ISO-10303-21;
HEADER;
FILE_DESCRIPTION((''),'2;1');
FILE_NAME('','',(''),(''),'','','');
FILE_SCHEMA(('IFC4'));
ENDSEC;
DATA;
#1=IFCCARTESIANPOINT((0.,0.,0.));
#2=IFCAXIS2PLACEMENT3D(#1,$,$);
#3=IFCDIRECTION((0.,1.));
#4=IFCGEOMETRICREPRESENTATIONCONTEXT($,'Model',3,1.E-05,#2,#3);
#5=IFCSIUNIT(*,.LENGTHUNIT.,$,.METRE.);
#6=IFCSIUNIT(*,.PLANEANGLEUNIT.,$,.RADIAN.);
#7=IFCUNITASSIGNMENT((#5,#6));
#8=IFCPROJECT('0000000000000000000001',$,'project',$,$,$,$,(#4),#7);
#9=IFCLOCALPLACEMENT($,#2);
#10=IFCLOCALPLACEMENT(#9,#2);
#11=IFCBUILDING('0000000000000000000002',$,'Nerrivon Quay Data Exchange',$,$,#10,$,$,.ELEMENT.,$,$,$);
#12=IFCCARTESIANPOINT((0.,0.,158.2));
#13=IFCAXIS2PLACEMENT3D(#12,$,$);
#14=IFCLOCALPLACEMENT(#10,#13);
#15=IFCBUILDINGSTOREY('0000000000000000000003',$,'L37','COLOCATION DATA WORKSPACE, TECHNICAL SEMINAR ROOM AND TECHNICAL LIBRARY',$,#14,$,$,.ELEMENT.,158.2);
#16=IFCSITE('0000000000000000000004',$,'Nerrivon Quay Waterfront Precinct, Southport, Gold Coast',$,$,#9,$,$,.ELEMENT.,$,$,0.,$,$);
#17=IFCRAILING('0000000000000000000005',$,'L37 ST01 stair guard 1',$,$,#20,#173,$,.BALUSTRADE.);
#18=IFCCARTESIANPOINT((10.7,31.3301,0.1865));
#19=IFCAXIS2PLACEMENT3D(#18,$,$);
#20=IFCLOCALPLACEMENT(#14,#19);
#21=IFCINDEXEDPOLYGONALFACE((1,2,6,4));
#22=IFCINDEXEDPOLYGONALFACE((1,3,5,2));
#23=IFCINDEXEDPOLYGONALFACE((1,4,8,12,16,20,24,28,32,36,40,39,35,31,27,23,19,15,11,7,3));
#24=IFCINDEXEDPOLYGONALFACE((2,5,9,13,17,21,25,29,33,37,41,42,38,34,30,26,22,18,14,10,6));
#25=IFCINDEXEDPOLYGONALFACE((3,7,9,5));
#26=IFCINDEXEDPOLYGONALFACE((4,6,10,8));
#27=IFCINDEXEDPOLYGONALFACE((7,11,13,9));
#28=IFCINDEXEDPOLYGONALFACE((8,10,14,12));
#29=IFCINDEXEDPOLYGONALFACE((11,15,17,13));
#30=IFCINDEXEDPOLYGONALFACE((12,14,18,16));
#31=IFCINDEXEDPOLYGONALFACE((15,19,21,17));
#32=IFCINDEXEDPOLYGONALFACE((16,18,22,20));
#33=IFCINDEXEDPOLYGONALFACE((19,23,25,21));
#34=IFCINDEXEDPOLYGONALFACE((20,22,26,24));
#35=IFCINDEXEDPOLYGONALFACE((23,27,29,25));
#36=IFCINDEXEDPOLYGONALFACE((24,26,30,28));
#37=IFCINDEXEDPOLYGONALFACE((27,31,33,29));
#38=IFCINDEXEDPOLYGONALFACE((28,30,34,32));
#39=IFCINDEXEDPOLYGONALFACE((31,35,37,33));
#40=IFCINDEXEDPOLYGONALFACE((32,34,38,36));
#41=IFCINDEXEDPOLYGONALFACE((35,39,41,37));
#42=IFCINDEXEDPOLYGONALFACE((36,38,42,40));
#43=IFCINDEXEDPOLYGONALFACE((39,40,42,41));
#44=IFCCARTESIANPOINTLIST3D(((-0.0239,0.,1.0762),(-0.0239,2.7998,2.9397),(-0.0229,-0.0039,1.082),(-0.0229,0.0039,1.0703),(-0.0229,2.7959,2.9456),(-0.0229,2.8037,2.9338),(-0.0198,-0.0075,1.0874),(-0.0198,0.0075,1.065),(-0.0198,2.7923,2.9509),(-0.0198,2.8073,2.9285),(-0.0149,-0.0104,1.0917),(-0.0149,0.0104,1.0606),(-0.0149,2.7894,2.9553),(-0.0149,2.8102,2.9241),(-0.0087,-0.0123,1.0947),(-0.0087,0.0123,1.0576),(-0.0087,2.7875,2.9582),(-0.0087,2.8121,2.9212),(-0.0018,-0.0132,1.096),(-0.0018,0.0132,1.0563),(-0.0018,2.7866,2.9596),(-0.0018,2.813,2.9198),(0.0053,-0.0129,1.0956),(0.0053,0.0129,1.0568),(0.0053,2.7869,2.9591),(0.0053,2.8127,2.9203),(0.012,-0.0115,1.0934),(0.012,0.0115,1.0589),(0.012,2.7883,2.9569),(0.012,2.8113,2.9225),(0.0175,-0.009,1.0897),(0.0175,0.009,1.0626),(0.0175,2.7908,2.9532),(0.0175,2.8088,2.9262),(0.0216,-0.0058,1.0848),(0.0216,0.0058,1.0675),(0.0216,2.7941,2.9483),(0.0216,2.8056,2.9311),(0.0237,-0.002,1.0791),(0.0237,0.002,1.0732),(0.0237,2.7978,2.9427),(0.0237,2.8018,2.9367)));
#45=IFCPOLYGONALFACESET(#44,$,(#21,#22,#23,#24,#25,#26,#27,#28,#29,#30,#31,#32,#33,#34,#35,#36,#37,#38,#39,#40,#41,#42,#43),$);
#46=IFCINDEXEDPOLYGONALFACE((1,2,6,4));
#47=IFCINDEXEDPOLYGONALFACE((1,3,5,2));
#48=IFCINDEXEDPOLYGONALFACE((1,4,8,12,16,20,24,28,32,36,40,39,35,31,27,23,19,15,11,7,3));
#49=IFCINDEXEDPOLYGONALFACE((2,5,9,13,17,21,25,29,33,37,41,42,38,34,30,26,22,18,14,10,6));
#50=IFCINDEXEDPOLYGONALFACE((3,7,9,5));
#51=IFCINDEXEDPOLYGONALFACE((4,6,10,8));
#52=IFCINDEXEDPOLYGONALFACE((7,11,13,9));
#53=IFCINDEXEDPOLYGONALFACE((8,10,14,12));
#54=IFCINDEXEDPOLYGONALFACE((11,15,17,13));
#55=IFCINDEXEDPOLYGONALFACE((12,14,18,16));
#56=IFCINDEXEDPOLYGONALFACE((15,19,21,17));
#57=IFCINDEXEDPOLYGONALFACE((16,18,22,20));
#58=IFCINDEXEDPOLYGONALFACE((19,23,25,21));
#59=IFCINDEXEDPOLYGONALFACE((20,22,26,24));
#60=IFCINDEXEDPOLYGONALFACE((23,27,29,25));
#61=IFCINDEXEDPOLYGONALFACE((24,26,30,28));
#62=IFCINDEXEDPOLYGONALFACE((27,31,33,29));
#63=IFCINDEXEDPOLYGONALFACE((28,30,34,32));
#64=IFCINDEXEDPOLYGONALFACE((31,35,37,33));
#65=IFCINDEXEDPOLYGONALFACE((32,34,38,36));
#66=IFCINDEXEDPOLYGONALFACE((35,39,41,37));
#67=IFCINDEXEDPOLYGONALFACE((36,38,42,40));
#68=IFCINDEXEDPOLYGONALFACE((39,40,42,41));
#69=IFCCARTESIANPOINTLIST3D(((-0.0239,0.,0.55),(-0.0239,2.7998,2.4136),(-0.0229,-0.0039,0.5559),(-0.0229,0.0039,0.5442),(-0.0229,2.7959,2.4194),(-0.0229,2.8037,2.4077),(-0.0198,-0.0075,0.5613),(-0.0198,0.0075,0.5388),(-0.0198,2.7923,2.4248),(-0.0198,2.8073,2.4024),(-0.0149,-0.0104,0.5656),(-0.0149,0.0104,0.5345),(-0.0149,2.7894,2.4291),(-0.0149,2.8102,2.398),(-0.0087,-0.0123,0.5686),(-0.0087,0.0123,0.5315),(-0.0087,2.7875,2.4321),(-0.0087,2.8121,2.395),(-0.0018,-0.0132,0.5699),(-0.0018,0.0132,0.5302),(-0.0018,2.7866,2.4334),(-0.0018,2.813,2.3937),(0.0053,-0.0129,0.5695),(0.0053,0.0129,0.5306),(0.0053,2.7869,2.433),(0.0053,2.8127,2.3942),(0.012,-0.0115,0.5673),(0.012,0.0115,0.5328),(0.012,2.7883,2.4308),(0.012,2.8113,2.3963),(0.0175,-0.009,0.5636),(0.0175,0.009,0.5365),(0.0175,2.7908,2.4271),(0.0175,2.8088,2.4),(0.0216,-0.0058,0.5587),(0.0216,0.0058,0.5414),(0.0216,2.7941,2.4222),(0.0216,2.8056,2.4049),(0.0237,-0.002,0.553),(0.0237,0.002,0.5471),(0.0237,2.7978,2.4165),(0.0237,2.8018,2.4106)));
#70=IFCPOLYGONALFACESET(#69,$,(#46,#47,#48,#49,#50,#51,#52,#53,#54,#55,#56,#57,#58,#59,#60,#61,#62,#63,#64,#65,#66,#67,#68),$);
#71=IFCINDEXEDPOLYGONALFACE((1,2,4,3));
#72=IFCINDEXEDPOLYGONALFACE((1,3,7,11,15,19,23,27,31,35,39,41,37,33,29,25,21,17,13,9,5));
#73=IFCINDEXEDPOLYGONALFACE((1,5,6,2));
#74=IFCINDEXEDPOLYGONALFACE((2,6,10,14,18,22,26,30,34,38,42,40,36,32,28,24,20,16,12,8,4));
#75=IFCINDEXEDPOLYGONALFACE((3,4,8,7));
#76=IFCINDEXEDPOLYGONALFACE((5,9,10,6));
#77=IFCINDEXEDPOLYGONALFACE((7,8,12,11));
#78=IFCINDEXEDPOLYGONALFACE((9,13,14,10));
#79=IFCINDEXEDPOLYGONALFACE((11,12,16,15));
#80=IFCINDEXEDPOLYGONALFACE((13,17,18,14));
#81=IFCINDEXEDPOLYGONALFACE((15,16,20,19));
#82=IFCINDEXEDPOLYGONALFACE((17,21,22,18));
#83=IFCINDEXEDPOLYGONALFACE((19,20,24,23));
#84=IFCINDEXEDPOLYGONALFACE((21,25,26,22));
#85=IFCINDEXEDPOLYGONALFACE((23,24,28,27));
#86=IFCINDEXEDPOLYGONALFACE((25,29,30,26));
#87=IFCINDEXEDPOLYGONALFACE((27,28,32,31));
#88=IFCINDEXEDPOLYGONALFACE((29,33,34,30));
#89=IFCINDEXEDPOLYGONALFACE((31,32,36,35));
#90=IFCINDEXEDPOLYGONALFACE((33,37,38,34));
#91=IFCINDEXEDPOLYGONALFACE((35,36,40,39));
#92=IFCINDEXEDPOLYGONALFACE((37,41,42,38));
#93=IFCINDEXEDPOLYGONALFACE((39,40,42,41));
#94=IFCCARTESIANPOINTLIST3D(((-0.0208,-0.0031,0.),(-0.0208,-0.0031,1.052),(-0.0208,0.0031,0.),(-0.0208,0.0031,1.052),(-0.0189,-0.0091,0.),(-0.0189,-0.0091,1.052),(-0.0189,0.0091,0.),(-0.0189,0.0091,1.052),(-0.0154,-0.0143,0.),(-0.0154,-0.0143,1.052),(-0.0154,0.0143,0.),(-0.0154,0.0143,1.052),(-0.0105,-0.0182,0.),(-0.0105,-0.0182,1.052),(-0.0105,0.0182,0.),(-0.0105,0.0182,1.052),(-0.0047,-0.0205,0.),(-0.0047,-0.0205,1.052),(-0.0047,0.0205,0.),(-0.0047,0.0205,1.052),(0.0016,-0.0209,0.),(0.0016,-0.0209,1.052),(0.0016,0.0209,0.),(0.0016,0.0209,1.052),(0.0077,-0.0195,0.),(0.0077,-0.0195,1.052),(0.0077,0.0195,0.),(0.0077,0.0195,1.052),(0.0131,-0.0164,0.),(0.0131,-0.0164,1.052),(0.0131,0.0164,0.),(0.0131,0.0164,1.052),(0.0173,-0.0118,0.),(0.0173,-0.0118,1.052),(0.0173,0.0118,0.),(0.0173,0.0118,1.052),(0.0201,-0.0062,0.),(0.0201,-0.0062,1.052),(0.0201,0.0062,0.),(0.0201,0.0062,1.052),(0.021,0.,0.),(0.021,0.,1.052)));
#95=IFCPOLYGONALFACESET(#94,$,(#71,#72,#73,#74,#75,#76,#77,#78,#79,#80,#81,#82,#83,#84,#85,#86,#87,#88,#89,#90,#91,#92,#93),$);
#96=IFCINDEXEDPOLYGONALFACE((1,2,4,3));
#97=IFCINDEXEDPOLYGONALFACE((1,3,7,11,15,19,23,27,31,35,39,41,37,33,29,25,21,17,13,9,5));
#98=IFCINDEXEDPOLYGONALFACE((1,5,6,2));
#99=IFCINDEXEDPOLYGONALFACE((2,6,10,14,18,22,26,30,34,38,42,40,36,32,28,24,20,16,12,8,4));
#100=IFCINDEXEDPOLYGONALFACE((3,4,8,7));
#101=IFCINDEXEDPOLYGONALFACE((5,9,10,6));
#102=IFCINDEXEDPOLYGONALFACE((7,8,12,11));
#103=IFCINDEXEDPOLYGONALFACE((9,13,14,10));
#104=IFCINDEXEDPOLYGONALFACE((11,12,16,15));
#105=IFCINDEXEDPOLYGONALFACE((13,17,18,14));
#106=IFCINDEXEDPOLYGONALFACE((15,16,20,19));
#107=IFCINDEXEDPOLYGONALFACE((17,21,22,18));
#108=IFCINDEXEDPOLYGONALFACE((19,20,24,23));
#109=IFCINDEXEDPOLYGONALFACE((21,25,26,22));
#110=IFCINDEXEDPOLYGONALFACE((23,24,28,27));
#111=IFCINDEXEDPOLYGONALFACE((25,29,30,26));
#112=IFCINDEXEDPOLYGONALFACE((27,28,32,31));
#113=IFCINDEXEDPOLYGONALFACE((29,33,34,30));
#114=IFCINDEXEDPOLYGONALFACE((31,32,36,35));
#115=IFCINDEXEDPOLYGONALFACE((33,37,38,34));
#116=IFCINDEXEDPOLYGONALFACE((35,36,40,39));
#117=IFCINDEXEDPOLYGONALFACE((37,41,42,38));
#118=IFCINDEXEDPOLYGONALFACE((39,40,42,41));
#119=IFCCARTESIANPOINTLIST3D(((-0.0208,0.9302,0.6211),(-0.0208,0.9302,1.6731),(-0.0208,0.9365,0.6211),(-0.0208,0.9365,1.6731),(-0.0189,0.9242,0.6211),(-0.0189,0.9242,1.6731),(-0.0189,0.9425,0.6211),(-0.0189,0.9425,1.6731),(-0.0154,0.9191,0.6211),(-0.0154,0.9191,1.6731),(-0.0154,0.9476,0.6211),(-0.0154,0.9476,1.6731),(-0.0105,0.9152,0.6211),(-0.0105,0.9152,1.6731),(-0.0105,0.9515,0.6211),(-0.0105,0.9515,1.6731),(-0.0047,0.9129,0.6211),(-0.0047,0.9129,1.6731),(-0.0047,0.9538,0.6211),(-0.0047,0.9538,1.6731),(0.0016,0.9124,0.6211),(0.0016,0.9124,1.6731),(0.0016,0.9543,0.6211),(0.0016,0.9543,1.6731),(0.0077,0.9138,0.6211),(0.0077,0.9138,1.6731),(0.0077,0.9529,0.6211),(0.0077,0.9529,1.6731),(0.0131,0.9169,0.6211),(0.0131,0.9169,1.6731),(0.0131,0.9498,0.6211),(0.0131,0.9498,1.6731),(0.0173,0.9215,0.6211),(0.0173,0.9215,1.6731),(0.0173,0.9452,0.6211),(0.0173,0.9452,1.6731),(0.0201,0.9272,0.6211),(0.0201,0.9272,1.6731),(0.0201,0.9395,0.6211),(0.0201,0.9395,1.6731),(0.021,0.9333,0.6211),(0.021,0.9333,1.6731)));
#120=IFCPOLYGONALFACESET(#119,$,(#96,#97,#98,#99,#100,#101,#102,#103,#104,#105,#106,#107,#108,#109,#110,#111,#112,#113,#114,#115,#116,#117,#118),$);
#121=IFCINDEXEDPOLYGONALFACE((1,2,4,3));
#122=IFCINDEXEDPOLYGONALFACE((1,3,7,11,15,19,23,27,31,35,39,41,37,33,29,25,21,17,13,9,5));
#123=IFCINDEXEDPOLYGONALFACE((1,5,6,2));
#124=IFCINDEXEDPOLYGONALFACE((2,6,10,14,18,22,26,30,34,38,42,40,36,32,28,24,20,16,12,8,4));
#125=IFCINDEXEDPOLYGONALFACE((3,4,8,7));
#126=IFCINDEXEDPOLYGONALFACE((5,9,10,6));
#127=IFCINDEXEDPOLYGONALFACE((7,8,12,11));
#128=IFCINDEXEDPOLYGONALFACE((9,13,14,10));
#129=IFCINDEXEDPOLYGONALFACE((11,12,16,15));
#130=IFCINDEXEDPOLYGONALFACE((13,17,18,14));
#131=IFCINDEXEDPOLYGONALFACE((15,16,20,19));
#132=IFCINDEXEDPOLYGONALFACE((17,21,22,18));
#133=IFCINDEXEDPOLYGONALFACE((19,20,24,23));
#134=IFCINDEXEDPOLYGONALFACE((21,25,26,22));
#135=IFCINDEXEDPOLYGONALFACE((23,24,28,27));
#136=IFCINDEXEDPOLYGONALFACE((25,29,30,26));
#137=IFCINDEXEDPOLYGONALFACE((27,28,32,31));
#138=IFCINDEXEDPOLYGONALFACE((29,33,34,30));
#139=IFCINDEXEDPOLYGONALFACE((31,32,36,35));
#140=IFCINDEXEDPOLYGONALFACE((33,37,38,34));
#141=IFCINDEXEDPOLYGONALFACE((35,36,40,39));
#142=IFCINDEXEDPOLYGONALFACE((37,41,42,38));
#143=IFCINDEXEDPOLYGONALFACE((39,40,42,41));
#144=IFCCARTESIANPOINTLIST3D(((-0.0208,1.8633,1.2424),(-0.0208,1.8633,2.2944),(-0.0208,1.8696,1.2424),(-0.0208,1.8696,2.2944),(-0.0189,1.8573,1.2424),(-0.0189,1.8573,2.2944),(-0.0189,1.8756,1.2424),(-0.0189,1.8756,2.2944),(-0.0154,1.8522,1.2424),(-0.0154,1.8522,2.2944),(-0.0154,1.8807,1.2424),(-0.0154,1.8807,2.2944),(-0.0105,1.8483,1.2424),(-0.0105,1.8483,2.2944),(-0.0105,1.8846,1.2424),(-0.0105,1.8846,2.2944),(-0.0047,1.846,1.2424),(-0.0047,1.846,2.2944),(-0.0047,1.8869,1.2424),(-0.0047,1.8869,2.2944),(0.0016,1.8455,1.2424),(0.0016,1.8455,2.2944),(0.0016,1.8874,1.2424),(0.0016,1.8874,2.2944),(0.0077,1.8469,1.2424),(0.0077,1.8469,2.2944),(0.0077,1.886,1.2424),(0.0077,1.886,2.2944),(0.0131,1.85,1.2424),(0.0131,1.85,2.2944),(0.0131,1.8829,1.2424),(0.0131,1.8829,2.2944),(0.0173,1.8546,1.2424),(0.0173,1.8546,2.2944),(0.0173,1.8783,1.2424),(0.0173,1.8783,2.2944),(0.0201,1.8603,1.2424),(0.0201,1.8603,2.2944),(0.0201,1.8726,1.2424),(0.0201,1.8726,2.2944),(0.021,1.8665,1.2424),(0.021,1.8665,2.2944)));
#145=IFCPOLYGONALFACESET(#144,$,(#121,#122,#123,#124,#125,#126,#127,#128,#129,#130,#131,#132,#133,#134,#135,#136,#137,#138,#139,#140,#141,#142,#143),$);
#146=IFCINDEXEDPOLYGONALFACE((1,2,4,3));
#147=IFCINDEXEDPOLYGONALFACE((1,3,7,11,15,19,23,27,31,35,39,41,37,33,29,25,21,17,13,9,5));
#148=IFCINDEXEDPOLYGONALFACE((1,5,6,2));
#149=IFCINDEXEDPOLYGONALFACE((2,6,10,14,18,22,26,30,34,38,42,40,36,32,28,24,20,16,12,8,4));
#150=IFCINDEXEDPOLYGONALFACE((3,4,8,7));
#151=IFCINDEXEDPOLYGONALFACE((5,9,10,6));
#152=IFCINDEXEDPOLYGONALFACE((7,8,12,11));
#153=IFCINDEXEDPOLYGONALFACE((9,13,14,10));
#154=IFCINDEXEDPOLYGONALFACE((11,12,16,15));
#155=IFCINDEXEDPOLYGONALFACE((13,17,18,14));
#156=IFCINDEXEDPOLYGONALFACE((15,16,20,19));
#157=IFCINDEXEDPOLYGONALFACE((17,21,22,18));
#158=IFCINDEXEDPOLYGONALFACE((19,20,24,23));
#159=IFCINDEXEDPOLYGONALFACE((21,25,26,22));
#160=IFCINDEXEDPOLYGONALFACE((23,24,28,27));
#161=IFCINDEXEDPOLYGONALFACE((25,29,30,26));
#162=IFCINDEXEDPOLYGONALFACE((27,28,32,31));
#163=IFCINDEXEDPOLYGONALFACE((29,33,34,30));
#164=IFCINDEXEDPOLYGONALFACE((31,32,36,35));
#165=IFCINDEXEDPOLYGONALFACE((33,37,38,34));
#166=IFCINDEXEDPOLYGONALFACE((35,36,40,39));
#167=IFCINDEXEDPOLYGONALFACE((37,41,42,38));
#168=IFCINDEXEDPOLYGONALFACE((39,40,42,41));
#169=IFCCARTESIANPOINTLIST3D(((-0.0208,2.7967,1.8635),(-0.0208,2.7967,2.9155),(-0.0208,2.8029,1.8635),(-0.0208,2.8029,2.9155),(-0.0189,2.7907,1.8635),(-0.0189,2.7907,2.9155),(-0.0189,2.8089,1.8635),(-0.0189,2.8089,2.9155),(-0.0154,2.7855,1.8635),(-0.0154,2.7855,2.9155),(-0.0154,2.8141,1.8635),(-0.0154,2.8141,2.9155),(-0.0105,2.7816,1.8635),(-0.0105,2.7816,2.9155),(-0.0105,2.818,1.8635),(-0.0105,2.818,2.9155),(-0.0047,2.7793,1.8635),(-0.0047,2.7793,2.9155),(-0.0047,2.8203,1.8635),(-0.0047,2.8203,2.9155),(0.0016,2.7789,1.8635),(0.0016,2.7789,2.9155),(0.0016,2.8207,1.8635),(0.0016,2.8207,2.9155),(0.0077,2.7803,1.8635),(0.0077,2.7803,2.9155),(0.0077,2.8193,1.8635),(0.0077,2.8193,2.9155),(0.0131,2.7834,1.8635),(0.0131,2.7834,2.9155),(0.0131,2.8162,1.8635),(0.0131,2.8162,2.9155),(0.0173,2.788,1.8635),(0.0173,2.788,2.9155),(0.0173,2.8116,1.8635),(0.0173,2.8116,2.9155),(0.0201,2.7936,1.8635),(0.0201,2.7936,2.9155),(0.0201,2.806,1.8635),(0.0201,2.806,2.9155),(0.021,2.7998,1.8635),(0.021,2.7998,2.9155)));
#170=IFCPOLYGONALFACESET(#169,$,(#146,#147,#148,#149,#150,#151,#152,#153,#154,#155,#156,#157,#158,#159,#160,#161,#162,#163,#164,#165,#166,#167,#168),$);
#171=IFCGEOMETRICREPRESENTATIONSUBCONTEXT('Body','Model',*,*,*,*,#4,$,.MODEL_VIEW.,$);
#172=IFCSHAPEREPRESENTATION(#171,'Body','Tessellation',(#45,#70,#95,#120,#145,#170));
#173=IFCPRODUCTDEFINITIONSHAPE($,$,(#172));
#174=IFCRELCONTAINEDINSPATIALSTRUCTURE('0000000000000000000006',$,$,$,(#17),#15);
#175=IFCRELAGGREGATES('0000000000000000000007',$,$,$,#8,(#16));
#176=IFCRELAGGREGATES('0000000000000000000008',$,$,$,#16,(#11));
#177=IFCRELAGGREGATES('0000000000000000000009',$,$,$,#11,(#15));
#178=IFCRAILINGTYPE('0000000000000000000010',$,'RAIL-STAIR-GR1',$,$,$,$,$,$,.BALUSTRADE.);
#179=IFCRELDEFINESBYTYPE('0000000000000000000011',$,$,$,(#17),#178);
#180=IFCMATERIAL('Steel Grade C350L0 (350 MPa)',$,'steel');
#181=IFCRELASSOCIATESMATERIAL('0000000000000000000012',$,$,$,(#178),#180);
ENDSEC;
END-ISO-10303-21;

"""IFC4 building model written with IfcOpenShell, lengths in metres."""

from ifc_helpers import new_model, si_unit, direction, frame, origin, origin_2d, place, context, subcontext, project, spatial, circle, extrude, material, type_object, element, save


model = new_model("IFC4")

# Units and contexts
model_context = context("Model", 3, precision=1e-05, world=origin(), true_north=direction((0.0, 1.0)))
body_context = subcontext(model_context, "Body", "Model", "MODEL_VIEW")
ifc_project = project(units=[si_unit("LENGTHUNIT", "METRE"), si_unit("PLANEANGLEUNIT", "RADIAN")], contexts=[model_context])

# Site, building, storey
site_placement = place(None, origin())
site = spatial("IfcSite", under=ifc_project, at=site_placement, Name="Nerrivon Quay Waterfront Precinct, Southport, Gold Coast", CompositionType="ELEMENT", RefElevation=0.0)
building_placement = place(site_placement, origin())
building = spatial("IfcBuilding", under=site, at=building_placement, Name="Nerrivon Quay Data Exchange", CompositionType="ELEMENT")
storey_placement = place(building_placement, frame((0.0, 0.0, 158.2)))
storey = spatial("IfcBuildingStorey", under=building, at=storey_placement, Name="L37", Description="COLOCATION DATA WORKSPACE, TECHNICAL SEMINAR ROOM AND TECHNICAL LIBRARY", CompositionType="ELEMENT", Elevation=158.2)

# Railing
ifc_material_1 = material(Name="Steel Grade C350L0 (350 MPa)", Category="steel")
railing_type_1 = type_object("IfcRailingType", Name="RAIL-STAIR-GR1", PredefinedType="BALUSTRADE", material=ifc_material_1)
railing_1_placement = place(storey_placement, frame((10.7, 31.3301, 0.1865)))
element("IfcRailing", 1, at=railing_1_placement, inside=storey, type_object=railing_type_1, Name="L37 ST01 stair guard 1", PredefinedType="BALUSTRADE", context=body_context, shape_type="SweptSolid", body=[
    extrude(circle(Radius=0.0239, at=origin_2d()), frame((0.0, 0.0, 1.0762), z_axis=(0.0, 0.832463, 0.55408), x_axis=(-1.0, 0.0, 0.0)), (0.0, 0.0, 1.0), 3.3633),
    extrude(circle(Radius=0.0239, at=origin_2d()), frame((0.0, 0.0, 0.55), z_axis=(0.0, 0.832463, 0.55408), x_axis=(-1.0, 0.0, 0.0)), (0.0, 0.0, 1.0), 3.3633),
    extrude(circle(Radius=0.021, at=origin_2d()), origin(), (0.0, 0.0, 1.0), 1.052),
    extrude(circle(Radius=0.021, at=origin_2d()), frame((0.0, 0.9333, 0.6211)), (0.0, 0.0, 1.0), 1.052),
    extrude(circle(Radius=0.021, at=origin_2d()), frame((0.0, 1.8665, 1.2424)), (0.0, 0.0, 1.0), 1.052),
    extrude(circle(Radius=0.021, at=origin_2d()), frame((0.0, 2.7998, 1.8635)), (0.0, 0.0, 1.0), 1.052),
])

save(model, "model.ifc")
